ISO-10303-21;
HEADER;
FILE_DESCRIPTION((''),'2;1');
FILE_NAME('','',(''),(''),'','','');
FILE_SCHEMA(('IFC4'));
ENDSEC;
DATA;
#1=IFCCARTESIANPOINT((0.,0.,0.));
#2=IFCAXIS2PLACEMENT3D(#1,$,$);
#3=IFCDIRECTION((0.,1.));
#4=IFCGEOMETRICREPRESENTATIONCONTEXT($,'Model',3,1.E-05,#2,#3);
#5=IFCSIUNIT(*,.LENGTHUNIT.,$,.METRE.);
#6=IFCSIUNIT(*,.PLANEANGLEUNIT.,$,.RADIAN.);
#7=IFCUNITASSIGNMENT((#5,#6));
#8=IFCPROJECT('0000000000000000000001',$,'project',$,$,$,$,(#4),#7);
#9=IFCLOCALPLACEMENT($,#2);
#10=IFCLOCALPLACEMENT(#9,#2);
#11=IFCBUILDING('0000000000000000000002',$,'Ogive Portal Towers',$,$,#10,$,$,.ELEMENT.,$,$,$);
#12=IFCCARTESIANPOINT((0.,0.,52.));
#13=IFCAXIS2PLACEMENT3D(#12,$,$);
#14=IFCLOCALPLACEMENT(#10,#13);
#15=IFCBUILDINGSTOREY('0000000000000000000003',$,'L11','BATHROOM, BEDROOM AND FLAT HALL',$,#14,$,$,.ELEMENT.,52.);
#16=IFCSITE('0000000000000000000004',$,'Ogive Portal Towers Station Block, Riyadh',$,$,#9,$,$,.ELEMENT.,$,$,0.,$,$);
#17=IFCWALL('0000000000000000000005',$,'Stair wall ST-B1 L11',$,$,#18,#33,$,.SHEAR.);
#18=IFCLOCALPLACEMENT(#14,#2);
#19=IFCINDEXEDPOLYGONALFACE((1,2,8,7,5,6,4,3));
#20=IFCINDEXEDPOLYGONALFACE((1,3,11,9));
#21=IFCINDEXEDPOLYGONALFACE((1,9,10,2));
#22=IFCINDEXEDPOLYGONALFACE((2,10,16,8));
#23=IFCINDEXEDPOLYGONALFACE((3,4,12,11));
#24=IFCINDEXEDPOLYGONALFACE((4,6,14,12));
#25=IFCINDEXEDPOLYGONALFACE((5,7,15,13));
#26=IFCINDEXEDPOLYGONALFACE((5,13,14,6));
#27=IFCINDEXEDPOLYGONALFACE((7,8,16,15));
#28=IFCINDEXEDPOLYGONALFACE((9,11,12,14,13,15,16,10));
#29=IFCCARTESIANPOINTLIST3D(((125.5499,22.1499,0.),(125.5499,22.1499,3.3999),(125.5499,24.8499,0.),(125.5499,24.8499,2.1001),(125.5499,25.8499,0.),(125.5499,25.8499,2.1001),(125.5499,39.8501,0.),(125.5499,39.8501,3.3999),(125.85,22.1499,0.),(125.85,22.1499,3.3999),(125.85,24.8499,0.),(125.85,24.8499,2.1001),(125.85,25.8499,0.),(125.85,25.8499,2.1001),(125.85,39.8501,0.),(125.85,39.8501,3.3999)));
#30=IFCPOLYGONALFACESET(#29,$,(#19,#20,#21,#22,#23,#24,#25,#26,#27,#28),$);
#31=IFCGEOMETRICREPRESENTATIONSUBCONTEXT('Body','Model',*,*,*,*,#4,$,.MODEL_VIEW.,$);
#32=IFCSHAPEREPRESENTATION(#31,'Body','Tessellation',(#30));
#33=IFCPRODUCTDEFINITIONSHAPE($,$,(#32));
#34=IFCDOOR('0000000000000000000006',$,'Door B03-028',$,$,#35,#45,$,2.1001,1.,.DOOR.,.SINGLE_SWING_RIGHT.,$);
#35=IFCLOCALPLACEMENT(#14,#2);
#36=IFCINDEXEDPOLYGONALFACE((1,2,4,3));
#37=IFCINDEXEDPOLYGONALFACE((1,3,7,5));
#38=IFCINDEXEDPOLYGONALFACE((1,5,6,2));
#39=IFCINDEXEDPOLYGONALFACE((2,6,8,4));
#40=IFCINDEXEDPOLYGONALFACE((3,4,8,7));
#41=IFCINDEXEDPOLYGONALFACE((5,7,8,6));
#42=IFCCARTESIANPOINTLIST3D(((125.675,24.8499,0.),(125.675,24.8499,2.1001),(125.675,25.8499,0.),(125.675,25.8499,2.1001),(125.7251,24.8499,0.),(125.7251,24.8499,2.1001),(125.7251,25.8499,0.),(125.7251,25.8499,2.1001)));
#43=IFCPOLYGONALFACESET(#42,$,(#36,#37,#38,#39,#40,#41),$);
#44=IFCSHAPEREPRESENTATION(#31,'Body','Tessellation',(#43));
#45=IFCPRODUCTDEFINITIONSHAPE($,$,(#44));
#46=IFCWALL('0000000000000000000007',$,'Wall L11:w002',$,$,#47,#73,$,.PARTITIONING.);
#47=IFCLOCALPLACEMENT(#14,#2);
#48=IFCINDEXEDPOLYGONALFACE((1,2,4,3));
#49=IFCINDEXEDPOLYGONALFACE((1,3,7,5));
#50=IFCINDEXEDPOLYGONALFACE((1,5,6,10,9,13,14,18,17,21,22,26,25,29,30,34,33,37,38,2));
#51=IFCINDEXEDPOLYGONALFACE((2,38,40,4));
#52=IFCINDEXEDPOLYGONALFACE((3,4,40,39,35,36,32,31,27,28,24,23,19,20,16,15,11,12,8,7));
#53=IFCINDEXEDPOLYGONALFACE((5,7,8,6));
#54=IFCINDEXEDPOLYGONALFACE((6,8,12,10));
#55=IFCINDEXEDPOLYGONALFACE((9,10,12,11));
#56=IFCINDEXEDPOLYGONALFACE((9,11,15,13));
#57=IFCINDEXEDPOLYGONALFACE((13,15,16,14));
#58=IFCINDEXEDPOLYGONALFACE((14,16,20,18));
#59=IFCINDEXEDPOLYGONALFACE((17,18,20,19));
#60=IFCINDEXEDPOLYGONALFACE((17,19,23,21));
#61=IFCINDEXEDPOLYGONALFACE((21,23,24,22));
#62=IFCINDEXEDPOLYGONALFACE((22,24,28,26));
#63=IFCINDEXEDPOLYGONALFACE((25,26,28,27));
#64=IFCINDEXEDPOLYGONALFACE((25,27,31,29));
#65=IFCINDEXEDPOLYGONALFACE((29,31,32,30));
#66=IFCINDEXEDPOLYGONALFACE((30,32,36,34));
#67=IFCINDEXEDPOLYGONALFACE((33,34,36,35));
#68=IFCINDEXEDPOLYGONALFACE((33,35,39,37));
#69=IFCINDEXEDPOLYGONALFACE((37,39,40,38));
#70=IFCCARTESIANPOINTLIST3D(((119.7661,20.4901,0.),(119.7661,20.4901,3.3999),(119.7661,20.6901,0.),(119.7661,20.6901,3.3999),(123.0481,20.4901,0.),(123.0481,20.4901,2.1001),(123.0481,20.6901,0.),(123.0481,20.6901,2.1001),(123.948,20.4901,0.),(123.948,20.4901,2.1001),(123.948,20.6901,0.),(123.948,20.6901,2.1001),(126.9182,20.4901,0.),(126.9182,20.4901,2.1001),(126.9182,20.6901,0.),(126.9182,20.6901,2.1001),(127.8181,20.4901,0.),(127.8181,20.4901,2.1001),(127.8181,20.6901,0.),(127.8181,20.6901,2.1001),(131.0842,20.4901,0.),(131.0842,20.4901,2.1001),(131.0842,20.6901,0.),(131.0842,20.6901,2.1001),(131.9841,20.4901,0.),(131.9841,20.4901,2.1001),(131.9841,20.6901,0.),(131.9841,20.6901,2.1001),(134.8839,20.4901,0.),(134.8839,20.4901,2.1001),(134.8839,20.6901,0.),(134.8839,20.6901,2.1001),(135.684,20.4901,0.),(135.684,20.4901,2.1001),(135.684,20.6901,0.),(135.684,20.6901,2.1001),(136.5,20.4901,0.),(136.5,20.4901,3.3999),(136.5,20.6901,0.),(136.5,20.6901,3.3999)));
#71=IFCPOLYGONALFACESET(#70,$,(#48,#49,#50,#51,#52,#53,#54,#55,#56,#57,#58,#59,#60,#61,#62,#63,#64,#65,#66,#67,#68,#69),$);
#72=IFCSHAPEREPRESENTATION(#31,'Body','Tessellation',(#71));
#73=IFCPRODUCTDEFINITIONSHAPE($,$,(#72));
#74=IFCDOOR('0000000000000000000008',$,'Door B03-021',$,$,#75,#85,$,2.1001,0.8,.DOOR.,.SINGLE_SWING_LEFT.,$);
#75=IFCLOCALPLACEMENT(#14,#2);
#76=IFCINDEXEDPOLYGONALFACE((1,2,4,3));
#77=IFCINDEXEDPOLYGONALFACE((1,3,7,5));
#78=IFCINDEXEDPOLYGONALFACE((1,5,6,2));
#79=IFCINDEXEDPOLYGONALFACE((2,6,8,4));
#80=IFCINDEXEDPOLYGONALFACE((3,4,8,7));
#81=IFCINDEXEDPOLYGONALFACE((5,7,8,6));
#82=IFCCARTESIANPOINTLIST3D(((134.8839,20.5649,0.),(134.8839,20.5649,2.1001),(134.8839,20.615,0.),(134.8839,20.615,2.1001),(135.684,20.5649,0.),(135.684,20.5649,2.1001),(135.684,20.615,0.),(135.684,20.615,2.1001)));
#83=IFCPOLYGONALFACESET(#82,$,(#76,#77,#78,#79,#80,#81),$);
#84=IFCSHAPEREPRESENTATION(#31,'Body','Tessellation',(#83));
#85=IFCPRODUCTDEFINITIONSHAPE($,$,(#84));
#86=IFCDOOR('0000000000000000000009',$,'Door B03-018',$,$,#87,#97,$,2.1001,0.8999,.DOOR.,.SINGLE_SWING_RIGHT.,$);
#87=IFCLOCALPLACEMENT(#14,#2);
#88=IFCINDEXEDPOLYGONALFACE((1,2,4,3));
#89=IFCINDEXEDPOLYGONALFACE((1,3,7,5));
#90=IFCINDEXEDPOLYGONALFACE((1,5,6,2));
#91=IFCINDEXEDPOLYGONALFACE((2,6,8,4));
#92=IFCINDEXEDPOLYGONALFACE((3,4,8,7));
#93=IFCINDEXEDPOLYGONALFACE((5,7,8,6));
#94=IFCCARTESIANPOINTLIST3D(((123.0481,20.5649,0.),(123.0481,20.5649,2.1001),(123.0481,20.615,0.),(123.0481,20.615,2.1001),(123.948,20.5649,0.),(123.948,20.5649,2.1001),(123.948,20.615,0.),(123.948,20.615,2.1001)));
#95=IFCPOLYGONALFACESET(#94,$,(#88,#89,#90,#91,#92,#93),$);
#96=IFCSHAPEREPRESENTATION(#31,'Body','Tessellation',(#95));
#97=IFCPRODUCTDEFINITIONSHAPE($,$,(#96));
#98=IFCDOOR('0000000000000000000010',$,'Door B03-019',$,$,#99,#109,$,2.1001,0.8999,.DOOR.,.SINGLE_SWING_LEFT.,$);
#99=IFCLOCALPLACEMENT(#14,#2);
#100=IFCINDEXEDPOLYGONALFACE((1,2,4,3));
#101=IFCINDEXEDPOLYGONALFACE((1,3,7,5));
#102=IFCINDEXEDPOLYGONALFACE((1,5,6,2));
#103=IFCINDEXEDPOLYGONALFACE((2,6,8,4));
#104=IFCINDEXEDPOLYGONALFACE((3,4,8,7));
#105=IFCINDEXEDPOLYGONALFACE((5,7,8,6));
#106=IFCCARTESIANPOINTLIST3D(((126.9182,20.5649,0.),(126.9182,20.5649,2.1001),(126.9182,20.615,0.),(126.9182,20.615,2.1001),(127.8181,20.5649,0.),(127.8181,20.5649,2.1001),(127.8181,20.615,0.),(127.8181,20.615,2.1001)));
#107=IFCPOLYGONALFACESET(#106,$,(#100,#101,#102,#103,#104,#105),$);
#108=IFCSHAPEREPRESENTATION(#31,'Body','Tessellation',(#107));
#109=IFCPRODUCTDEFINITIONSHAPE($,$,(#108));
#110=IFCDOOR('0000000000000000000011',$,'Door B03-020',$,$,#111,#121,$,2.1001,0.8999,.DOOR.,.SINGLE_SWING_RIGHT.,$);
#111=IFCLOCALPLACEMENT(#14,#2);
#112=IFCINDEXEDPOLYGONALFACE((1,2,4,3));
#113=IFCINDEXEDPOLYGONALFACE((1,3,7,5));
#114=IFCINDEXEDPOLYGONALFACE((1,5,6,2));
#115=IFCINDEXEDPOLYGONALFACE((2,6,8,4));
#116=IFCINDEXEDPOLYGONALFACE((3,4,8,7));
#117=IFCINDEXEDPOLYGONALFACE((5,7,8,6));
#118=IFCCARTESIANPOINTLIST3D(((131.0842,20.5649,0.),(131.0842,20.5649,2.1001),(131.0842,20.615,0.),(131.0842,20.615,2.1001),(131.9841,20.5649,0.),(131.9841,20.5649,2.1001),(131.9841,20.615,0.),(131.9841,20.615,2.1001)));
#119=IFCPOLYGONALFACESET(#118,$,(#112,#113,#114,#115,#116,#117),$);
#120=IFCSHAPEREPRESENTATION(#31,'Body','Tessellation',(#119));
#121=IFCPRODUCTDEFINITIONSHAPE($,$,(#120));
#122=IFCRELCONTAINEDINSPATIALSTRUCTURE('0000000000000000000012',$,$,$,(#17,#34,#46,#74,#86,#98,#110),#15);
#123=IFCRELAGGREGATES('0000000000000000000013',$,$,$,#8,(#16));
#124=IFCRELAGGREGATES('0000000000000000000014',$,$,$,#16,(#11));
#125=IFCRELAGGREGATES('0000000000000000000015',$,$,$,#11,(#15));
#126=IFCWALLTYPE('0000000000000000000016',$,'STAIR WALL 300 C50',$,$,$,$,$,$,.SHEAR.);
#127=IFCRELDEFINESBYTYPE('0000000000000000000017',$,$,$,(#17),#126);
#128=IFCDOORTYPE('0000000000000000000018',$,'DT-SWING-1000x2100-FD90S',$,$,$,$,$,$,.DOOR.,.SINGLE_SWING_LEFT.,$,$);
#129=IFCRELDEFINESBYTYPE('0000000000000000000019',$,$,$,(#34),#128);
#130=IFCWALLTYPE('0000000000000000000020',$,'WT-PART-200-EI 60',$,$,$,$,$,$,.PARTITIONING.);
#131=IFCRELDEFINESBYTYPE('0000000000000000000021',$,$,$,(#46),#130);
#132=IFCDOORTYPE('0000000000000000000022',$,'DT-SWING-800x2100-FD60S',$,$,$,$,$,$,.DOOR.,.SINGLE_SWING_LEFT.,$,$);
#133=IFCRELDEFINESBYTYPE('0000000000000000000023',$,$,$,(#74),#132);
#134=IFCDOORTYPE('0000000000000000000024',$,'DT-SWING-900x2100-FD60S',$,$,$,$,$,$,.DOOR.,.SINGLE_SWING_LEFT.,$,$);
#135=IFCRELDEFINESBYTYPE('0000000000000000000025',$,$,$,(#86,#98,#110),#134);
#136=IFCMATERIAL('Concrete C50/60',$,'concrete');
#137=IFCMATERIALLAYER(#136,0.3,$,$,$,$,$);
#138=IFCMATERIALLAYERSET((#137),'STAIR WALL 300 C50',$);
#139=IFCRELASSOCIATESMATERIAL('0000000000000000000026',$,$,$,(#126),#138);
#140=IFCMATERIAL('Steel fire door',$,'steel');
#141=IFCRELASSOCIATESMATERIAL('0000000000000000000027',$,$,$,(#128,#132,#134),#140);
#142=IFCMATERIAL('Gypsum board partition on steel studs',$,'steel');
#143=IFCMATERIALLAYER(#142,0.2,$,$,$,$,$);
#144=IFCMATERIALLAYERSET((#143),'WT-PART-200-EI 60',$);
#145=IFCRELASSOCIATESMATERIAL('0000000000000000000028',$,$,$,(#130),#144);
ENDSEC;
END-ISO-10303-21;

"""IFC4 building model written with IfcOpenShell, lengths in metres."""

from ifc_helpers import new_model, si_unit, direction, frame, frame_2d, origin, place, context, subcontext, project, spatial, rectangle, extrude, material, layer, layer_set, type_object, element, fill, save


model = new_model("IFC4")

# Units and contexts
model_context = context("Model", 3, precision=1e-05, world=origin(), true_north=direction((0.0, 1.0)))
body_context = subcontext(model_context, "Body", "Model", "MODEL_VIEW")
ifc_project = project(units=[si_unit("LENGTHUNIT", "METRE"), si_unit("PLANEANGLEUNIT", "RADIAN")], contexts=[model_context])

# Site, building, storey
site_placement = place(None, origin())
site = spatial("IfcSite", under=ifc_project, at=site_placement, Name="Ogive Portal Towers Station Block, Riyadh", CompositionType="ELEMENT", RefElevation=0.0)
building_placement = place(site_placement, origin())
building = spatial("IfcBuilding", under=site, at=building_placement, Name="Ogive Portal Towers", CompositionType="ELEMENT")
storey_placement = place(building_placement, frame((0.0, 0.0, 52.0)))
storey = spatial("IfcBuildingStorey", under=building, at=storey_placement, Name="L11", Description="BATHROOM, BEDROOM AND FLAT HALL", CompositionType="ELEMENT", Elevation=52.0)

# Wall, opening, door
ifc_material_1 = material(Name="Concrete C50/60", Category="concrete")
ifc_layer_1 = layer(ifc_material_1, 0.3)
ifc_layer_set_1 = layer_set([ifc_layer_1], Name="STAIR WALL 300 C50")
wall_type_1 = type_object("IfcWallType", Name="STAIR WALL 300 C50", PredefinedType="SHEAR", material=ifc_layer_set_1)
ifc_material_2 = material(Name="Steel fire door", Category="steel")
wall_1_placement = place(storey_placement, frame((125.7, 22.1499, 0.0), z_axis=(0.0, 0.0, 1.0), x_axis=(0.0, 1.0, 0.0)))
wall_1 = element("IfcWall", 1, at=wall_1_placement, inside=storey, type_object=wall_type_1, Name="Stair wall ST-B1 L11", PredefinedType="SHEAR", context=body_context, shape_type="SweptSolid", body=[
    extrude(rectangle(XDim=17.7002, YDim=0.3, at=frame_2d((8.8501, 0.0))), origin(), (0.0, 0.0, 1.0), 3.3999),
])
opening_1_placement = place(wall_1_placement, frame((2.7, 0.0, 0.0)))
opening_1 = element("IfcOpeningElement", 2, at=opening_1_placement, cuts=wall_1, PredefinedType="OPENING", context=body_context, shape_type="SweptSolid", body=[
    extrude(rectangle(XDim=1.0, YDim=2.1001, at=frame_2d((0.5, 1.05))), frame((0.0, 0.1602, 0.0), z_axis=(0.0, -1.0, 0.0), x_axis=(1.0, 0.0, 0.0)), (0.0, 0.0, 1.0), 0.3201),
])
door_type_1 = type_object("IfcDoorType", Name="DT-SWING-1000x2100-FD90S", OperationType="SINGLE_SWING_LEFT", PredefinedType="DOOR", material=ifc_material_2)
door_1_placement = place(opening_1_placement, origin())
door_1 = element("IfcDoor", 3, at=door_1_placement, inside=storey, type_object=door_type_1, Name="Door B03-028", OperationType="SINGLE_SWING_RIGHT", OverallHeight=2.1001, OverallWidth=1.0, PredefinedType="DOOR", context=body_context, shape_type="SweptSolid", body=[
    extrude(rectangle(XDim=1.0, YDim=2.1001, at=frame_2d((0.5, 1.05))), frame((0.0, 0.0249, 0.0), z_axis=(0.0, -1.0, 0.0), x_axis=(1.0, 0.0, 0.0)), (0.0, 0.0, 1.0), 0.05),
])
fill(opening_1, door_1)

# Wall, openings, doors
ifc_material_3 = material(Name="Gypsum board partition on steel studs", Category="steel")
ifc_layer_2 = layer(ifc_material_3, 0.2)
ifc_layer_set_2 = layer_set([ifc_layer_2], Name="WT-PART-200-EI 60")
wall_type_2 = type_object("IfcWallType", Name="WT-PART-200-EI 60", PredefinedType="PARTITIONING", material=ifc_layer_set_2)
wall_2_placement = place(storey_placement, frame((119.7661, 20.5901, 0.0), z_axis=(0.0, 0.0, 1.0), x_axis=(1.0, 0.0, 0.0)))
wall_2 = element("IfcWall", 4, at=wall_2_placement, inside=storey, type_object=wall_type_2, Name="Wall L11:w002", PredefinedType="PARTITIONING", context=body_context, shape_type="SweptSolid", body=[
    extrude(rectangle(XDim=16.7339, YDim=0.2, at=frame_2d((8.3669, 0.0))), origin(), (0.0, 0.0, 1.0), 3.3999),
])
opening_2_placement = place(wall_2_placement, frame((3.282, 0.0, 0.0)))
opening_2 = element("IfcOpeningElement", 5, at=opening_2_placement, cuts=wall_2, PredefinedType="OPENING", context=body_context, shape_type="SweptSolid", body=[
    extrude(rectangle(XDim=0.8999, YDim=2.1001, at=frame_2d((0.45, 1.05))), frame((0.0, 0.1099, 0.0), z_axis=(0.0, -1.0, 0.0), x_axis=(1.0, 0.0, 0.0)), (0.0, 0.0, 1.0), 0.22),
])
opening_3_placement = place(wall_2_placement, frame((7.1521, 0.0, 0.0)))
opening_3 = element("IfcOpeningElement", 6, at=opening_3_placement, cuts=wall_2, PredefinedType="OPENING", context=body_context, shape_type="SweptSolid", body=[
    extrude(rectangle(XDim=0.8999, YDim=2.1001, at=frame_2d((0.45, 1.05))), frame((0.0, 0.1099, 0.0), z_axis=(0.0, -1.0, 0.0), x_axis=(1.0, 0.0, 0.0)), (0.0, 0.0, 1.0), 0.22),
])
opening_4_placement = place(wall_2_placement, frame((11.3181, 0.0, 0.0)))
opening_4 = element("IfcOpeningElement", 7, at=opening_4_placement, cuts=wall_2, PredefinedType="OPENING", context=body_context, shape_type="SweptSolid", body=[
    extrude(rectangle(XDim=0.8999, YDim=2.1001, at=frame_2d((0.45, 1.05))), frame((0.0, 0.1099, 0.0), z_axis=(0.0, -1.0, 0.0), x_axis=(1.0, 0.0, 0.0)), (0.0, 0.0, 1.0), 0.22),
])
opening_5_placement = place(wall_2_placement, frame((15.1179, 0.0, 0.0)))
opening_5 = element("IfcOpeningElement", 8, at=opening_5_placement, cuts=wall_2, PredefinedType="OPENING", context=body_context, shape_type="SweptSolid", body=[
    extrude(rectangle(XDim=0.8, YDim=2.1001, at=frame_2d((0.3999, 1.05))), frame((0.0, 0.1099, 0.0), z_axis=(0.0, -1.0, 0.0), x_axis=(1.0, 0.0, 0.0)), (0.0, 0.0, 1.0), 0.22),
])
door_type_2 = type_object("IfcDoorType", Name="DT-SWING-800x2100-FD60S", OperationType="SINGLE_SWING_LEFT", PredefinedType="DOOR", material=ifc_material_2)
door_2_placement = place(opening_5_placement, origin())
door_2 = element("IfcDoor", 9, at=door_2_placement, inside=storey, type_object=door_type_2, Name="Door B03-021", OperationType="SINGLE_SWING_LEFT", OverallHeight=2.1001, OverallWidth=0.8, PredefinedType="DOOR", context=body_context, shape_type="SweptSolid", body=[
    extrude(rectangle(XDim=0.8, YDim=2.1001, at=frame_2d((0.3999, 1.05))), frame((0.0, 0.0249, 0.0), z_axis=(0.0, -1.0, 0.0), x_axis=(1.0, 0.0, 0.0)), (0.0, 0.0, 1.0), 0.05),
])
fill(opening_5, door_2)
door_type_3 = type_object("IfcDoorType", Name="DT-SWING-900x2100-FD60S", OperationType="SINGLE_SWING_LEFT", PredefinedType="DOOR", material=ifc_material_2)
door_3_placement = place(opening_2_placement, origin())
door_3 = element("IfcDoor", 10, at=door_3_placement, inside=storey, type_object=door_type_3, Name="Door B03-018", OperationType="SINGLE_SWING_RIGHT", OverallHeight=2.1001, OverallWidth=0.8999, PredefinedType="DOOR", context=body_context, shape_type="SweptSolid", body=[
    extrude(rectangle(XDim=0.8999, YDim=2.1001, at=frame_2d((0.45, 1.05))), frame((0.0, 0.0249, 0.0), z_axis=(0.0, -1.0, 0.0), x_axis=(1.0, 0.0, 0.0)), (0.0, 0.0, 1.0), 0.05),
])
fill(opening_2, door_3)
door_4_placement = place(opening_3_placement, origin())
door_4 = element("IfcDoor", 11, at=door_4_placement, inside=storey, type_object=door_type_3, Name="Door B03-019", OperationType="SINGLE_SWING_LEFT", OverallHeight=2.1001, OverallWidth=0.8999, PredefinedType="DOOR", context=body_context, shape_type="SweptSolid", body=[
    extrude(rectangle(XDim=0.8999, YDim=2.1001, at=frame_2d((0.45, 1.05))), frame((0.0, 0.0249, 0.0), z_axis=(0.0, -1.0, 0.0), x_axis=(1.0, 0.0, 0.0)), (0.0, 0.0, 1.0), 0.05),
])
fill(opening_3, door_4)
door_5_placement = place(opening_4_placement, origin())
door_5 = element("IfcDoor", 12, at=door_5_placement, inside=storey, type_object=door_type_3, Name="Door B03-020", OperationType="SINGLE_SWING_RIGHT", OverallHeight=2.1001, OverallWidth=0.8999, PredefinedType="DOOR", context=body_context, shape_type="SweptSolid", body=[
    extrude(rectangle(XDim=0.8999, YDim=2.1001, at=frame_2d((0.45, 1.05))), frame((0.0, 0.0249, 0.0), z_axis=(0.0, -1.0, 0.0), x_axis=(1.0, 0.0, 0.0)), (0.0, 0.0, 1.0), 0.05),
])
fill(opening_4, door_5)

save(model, "model.ifc")
